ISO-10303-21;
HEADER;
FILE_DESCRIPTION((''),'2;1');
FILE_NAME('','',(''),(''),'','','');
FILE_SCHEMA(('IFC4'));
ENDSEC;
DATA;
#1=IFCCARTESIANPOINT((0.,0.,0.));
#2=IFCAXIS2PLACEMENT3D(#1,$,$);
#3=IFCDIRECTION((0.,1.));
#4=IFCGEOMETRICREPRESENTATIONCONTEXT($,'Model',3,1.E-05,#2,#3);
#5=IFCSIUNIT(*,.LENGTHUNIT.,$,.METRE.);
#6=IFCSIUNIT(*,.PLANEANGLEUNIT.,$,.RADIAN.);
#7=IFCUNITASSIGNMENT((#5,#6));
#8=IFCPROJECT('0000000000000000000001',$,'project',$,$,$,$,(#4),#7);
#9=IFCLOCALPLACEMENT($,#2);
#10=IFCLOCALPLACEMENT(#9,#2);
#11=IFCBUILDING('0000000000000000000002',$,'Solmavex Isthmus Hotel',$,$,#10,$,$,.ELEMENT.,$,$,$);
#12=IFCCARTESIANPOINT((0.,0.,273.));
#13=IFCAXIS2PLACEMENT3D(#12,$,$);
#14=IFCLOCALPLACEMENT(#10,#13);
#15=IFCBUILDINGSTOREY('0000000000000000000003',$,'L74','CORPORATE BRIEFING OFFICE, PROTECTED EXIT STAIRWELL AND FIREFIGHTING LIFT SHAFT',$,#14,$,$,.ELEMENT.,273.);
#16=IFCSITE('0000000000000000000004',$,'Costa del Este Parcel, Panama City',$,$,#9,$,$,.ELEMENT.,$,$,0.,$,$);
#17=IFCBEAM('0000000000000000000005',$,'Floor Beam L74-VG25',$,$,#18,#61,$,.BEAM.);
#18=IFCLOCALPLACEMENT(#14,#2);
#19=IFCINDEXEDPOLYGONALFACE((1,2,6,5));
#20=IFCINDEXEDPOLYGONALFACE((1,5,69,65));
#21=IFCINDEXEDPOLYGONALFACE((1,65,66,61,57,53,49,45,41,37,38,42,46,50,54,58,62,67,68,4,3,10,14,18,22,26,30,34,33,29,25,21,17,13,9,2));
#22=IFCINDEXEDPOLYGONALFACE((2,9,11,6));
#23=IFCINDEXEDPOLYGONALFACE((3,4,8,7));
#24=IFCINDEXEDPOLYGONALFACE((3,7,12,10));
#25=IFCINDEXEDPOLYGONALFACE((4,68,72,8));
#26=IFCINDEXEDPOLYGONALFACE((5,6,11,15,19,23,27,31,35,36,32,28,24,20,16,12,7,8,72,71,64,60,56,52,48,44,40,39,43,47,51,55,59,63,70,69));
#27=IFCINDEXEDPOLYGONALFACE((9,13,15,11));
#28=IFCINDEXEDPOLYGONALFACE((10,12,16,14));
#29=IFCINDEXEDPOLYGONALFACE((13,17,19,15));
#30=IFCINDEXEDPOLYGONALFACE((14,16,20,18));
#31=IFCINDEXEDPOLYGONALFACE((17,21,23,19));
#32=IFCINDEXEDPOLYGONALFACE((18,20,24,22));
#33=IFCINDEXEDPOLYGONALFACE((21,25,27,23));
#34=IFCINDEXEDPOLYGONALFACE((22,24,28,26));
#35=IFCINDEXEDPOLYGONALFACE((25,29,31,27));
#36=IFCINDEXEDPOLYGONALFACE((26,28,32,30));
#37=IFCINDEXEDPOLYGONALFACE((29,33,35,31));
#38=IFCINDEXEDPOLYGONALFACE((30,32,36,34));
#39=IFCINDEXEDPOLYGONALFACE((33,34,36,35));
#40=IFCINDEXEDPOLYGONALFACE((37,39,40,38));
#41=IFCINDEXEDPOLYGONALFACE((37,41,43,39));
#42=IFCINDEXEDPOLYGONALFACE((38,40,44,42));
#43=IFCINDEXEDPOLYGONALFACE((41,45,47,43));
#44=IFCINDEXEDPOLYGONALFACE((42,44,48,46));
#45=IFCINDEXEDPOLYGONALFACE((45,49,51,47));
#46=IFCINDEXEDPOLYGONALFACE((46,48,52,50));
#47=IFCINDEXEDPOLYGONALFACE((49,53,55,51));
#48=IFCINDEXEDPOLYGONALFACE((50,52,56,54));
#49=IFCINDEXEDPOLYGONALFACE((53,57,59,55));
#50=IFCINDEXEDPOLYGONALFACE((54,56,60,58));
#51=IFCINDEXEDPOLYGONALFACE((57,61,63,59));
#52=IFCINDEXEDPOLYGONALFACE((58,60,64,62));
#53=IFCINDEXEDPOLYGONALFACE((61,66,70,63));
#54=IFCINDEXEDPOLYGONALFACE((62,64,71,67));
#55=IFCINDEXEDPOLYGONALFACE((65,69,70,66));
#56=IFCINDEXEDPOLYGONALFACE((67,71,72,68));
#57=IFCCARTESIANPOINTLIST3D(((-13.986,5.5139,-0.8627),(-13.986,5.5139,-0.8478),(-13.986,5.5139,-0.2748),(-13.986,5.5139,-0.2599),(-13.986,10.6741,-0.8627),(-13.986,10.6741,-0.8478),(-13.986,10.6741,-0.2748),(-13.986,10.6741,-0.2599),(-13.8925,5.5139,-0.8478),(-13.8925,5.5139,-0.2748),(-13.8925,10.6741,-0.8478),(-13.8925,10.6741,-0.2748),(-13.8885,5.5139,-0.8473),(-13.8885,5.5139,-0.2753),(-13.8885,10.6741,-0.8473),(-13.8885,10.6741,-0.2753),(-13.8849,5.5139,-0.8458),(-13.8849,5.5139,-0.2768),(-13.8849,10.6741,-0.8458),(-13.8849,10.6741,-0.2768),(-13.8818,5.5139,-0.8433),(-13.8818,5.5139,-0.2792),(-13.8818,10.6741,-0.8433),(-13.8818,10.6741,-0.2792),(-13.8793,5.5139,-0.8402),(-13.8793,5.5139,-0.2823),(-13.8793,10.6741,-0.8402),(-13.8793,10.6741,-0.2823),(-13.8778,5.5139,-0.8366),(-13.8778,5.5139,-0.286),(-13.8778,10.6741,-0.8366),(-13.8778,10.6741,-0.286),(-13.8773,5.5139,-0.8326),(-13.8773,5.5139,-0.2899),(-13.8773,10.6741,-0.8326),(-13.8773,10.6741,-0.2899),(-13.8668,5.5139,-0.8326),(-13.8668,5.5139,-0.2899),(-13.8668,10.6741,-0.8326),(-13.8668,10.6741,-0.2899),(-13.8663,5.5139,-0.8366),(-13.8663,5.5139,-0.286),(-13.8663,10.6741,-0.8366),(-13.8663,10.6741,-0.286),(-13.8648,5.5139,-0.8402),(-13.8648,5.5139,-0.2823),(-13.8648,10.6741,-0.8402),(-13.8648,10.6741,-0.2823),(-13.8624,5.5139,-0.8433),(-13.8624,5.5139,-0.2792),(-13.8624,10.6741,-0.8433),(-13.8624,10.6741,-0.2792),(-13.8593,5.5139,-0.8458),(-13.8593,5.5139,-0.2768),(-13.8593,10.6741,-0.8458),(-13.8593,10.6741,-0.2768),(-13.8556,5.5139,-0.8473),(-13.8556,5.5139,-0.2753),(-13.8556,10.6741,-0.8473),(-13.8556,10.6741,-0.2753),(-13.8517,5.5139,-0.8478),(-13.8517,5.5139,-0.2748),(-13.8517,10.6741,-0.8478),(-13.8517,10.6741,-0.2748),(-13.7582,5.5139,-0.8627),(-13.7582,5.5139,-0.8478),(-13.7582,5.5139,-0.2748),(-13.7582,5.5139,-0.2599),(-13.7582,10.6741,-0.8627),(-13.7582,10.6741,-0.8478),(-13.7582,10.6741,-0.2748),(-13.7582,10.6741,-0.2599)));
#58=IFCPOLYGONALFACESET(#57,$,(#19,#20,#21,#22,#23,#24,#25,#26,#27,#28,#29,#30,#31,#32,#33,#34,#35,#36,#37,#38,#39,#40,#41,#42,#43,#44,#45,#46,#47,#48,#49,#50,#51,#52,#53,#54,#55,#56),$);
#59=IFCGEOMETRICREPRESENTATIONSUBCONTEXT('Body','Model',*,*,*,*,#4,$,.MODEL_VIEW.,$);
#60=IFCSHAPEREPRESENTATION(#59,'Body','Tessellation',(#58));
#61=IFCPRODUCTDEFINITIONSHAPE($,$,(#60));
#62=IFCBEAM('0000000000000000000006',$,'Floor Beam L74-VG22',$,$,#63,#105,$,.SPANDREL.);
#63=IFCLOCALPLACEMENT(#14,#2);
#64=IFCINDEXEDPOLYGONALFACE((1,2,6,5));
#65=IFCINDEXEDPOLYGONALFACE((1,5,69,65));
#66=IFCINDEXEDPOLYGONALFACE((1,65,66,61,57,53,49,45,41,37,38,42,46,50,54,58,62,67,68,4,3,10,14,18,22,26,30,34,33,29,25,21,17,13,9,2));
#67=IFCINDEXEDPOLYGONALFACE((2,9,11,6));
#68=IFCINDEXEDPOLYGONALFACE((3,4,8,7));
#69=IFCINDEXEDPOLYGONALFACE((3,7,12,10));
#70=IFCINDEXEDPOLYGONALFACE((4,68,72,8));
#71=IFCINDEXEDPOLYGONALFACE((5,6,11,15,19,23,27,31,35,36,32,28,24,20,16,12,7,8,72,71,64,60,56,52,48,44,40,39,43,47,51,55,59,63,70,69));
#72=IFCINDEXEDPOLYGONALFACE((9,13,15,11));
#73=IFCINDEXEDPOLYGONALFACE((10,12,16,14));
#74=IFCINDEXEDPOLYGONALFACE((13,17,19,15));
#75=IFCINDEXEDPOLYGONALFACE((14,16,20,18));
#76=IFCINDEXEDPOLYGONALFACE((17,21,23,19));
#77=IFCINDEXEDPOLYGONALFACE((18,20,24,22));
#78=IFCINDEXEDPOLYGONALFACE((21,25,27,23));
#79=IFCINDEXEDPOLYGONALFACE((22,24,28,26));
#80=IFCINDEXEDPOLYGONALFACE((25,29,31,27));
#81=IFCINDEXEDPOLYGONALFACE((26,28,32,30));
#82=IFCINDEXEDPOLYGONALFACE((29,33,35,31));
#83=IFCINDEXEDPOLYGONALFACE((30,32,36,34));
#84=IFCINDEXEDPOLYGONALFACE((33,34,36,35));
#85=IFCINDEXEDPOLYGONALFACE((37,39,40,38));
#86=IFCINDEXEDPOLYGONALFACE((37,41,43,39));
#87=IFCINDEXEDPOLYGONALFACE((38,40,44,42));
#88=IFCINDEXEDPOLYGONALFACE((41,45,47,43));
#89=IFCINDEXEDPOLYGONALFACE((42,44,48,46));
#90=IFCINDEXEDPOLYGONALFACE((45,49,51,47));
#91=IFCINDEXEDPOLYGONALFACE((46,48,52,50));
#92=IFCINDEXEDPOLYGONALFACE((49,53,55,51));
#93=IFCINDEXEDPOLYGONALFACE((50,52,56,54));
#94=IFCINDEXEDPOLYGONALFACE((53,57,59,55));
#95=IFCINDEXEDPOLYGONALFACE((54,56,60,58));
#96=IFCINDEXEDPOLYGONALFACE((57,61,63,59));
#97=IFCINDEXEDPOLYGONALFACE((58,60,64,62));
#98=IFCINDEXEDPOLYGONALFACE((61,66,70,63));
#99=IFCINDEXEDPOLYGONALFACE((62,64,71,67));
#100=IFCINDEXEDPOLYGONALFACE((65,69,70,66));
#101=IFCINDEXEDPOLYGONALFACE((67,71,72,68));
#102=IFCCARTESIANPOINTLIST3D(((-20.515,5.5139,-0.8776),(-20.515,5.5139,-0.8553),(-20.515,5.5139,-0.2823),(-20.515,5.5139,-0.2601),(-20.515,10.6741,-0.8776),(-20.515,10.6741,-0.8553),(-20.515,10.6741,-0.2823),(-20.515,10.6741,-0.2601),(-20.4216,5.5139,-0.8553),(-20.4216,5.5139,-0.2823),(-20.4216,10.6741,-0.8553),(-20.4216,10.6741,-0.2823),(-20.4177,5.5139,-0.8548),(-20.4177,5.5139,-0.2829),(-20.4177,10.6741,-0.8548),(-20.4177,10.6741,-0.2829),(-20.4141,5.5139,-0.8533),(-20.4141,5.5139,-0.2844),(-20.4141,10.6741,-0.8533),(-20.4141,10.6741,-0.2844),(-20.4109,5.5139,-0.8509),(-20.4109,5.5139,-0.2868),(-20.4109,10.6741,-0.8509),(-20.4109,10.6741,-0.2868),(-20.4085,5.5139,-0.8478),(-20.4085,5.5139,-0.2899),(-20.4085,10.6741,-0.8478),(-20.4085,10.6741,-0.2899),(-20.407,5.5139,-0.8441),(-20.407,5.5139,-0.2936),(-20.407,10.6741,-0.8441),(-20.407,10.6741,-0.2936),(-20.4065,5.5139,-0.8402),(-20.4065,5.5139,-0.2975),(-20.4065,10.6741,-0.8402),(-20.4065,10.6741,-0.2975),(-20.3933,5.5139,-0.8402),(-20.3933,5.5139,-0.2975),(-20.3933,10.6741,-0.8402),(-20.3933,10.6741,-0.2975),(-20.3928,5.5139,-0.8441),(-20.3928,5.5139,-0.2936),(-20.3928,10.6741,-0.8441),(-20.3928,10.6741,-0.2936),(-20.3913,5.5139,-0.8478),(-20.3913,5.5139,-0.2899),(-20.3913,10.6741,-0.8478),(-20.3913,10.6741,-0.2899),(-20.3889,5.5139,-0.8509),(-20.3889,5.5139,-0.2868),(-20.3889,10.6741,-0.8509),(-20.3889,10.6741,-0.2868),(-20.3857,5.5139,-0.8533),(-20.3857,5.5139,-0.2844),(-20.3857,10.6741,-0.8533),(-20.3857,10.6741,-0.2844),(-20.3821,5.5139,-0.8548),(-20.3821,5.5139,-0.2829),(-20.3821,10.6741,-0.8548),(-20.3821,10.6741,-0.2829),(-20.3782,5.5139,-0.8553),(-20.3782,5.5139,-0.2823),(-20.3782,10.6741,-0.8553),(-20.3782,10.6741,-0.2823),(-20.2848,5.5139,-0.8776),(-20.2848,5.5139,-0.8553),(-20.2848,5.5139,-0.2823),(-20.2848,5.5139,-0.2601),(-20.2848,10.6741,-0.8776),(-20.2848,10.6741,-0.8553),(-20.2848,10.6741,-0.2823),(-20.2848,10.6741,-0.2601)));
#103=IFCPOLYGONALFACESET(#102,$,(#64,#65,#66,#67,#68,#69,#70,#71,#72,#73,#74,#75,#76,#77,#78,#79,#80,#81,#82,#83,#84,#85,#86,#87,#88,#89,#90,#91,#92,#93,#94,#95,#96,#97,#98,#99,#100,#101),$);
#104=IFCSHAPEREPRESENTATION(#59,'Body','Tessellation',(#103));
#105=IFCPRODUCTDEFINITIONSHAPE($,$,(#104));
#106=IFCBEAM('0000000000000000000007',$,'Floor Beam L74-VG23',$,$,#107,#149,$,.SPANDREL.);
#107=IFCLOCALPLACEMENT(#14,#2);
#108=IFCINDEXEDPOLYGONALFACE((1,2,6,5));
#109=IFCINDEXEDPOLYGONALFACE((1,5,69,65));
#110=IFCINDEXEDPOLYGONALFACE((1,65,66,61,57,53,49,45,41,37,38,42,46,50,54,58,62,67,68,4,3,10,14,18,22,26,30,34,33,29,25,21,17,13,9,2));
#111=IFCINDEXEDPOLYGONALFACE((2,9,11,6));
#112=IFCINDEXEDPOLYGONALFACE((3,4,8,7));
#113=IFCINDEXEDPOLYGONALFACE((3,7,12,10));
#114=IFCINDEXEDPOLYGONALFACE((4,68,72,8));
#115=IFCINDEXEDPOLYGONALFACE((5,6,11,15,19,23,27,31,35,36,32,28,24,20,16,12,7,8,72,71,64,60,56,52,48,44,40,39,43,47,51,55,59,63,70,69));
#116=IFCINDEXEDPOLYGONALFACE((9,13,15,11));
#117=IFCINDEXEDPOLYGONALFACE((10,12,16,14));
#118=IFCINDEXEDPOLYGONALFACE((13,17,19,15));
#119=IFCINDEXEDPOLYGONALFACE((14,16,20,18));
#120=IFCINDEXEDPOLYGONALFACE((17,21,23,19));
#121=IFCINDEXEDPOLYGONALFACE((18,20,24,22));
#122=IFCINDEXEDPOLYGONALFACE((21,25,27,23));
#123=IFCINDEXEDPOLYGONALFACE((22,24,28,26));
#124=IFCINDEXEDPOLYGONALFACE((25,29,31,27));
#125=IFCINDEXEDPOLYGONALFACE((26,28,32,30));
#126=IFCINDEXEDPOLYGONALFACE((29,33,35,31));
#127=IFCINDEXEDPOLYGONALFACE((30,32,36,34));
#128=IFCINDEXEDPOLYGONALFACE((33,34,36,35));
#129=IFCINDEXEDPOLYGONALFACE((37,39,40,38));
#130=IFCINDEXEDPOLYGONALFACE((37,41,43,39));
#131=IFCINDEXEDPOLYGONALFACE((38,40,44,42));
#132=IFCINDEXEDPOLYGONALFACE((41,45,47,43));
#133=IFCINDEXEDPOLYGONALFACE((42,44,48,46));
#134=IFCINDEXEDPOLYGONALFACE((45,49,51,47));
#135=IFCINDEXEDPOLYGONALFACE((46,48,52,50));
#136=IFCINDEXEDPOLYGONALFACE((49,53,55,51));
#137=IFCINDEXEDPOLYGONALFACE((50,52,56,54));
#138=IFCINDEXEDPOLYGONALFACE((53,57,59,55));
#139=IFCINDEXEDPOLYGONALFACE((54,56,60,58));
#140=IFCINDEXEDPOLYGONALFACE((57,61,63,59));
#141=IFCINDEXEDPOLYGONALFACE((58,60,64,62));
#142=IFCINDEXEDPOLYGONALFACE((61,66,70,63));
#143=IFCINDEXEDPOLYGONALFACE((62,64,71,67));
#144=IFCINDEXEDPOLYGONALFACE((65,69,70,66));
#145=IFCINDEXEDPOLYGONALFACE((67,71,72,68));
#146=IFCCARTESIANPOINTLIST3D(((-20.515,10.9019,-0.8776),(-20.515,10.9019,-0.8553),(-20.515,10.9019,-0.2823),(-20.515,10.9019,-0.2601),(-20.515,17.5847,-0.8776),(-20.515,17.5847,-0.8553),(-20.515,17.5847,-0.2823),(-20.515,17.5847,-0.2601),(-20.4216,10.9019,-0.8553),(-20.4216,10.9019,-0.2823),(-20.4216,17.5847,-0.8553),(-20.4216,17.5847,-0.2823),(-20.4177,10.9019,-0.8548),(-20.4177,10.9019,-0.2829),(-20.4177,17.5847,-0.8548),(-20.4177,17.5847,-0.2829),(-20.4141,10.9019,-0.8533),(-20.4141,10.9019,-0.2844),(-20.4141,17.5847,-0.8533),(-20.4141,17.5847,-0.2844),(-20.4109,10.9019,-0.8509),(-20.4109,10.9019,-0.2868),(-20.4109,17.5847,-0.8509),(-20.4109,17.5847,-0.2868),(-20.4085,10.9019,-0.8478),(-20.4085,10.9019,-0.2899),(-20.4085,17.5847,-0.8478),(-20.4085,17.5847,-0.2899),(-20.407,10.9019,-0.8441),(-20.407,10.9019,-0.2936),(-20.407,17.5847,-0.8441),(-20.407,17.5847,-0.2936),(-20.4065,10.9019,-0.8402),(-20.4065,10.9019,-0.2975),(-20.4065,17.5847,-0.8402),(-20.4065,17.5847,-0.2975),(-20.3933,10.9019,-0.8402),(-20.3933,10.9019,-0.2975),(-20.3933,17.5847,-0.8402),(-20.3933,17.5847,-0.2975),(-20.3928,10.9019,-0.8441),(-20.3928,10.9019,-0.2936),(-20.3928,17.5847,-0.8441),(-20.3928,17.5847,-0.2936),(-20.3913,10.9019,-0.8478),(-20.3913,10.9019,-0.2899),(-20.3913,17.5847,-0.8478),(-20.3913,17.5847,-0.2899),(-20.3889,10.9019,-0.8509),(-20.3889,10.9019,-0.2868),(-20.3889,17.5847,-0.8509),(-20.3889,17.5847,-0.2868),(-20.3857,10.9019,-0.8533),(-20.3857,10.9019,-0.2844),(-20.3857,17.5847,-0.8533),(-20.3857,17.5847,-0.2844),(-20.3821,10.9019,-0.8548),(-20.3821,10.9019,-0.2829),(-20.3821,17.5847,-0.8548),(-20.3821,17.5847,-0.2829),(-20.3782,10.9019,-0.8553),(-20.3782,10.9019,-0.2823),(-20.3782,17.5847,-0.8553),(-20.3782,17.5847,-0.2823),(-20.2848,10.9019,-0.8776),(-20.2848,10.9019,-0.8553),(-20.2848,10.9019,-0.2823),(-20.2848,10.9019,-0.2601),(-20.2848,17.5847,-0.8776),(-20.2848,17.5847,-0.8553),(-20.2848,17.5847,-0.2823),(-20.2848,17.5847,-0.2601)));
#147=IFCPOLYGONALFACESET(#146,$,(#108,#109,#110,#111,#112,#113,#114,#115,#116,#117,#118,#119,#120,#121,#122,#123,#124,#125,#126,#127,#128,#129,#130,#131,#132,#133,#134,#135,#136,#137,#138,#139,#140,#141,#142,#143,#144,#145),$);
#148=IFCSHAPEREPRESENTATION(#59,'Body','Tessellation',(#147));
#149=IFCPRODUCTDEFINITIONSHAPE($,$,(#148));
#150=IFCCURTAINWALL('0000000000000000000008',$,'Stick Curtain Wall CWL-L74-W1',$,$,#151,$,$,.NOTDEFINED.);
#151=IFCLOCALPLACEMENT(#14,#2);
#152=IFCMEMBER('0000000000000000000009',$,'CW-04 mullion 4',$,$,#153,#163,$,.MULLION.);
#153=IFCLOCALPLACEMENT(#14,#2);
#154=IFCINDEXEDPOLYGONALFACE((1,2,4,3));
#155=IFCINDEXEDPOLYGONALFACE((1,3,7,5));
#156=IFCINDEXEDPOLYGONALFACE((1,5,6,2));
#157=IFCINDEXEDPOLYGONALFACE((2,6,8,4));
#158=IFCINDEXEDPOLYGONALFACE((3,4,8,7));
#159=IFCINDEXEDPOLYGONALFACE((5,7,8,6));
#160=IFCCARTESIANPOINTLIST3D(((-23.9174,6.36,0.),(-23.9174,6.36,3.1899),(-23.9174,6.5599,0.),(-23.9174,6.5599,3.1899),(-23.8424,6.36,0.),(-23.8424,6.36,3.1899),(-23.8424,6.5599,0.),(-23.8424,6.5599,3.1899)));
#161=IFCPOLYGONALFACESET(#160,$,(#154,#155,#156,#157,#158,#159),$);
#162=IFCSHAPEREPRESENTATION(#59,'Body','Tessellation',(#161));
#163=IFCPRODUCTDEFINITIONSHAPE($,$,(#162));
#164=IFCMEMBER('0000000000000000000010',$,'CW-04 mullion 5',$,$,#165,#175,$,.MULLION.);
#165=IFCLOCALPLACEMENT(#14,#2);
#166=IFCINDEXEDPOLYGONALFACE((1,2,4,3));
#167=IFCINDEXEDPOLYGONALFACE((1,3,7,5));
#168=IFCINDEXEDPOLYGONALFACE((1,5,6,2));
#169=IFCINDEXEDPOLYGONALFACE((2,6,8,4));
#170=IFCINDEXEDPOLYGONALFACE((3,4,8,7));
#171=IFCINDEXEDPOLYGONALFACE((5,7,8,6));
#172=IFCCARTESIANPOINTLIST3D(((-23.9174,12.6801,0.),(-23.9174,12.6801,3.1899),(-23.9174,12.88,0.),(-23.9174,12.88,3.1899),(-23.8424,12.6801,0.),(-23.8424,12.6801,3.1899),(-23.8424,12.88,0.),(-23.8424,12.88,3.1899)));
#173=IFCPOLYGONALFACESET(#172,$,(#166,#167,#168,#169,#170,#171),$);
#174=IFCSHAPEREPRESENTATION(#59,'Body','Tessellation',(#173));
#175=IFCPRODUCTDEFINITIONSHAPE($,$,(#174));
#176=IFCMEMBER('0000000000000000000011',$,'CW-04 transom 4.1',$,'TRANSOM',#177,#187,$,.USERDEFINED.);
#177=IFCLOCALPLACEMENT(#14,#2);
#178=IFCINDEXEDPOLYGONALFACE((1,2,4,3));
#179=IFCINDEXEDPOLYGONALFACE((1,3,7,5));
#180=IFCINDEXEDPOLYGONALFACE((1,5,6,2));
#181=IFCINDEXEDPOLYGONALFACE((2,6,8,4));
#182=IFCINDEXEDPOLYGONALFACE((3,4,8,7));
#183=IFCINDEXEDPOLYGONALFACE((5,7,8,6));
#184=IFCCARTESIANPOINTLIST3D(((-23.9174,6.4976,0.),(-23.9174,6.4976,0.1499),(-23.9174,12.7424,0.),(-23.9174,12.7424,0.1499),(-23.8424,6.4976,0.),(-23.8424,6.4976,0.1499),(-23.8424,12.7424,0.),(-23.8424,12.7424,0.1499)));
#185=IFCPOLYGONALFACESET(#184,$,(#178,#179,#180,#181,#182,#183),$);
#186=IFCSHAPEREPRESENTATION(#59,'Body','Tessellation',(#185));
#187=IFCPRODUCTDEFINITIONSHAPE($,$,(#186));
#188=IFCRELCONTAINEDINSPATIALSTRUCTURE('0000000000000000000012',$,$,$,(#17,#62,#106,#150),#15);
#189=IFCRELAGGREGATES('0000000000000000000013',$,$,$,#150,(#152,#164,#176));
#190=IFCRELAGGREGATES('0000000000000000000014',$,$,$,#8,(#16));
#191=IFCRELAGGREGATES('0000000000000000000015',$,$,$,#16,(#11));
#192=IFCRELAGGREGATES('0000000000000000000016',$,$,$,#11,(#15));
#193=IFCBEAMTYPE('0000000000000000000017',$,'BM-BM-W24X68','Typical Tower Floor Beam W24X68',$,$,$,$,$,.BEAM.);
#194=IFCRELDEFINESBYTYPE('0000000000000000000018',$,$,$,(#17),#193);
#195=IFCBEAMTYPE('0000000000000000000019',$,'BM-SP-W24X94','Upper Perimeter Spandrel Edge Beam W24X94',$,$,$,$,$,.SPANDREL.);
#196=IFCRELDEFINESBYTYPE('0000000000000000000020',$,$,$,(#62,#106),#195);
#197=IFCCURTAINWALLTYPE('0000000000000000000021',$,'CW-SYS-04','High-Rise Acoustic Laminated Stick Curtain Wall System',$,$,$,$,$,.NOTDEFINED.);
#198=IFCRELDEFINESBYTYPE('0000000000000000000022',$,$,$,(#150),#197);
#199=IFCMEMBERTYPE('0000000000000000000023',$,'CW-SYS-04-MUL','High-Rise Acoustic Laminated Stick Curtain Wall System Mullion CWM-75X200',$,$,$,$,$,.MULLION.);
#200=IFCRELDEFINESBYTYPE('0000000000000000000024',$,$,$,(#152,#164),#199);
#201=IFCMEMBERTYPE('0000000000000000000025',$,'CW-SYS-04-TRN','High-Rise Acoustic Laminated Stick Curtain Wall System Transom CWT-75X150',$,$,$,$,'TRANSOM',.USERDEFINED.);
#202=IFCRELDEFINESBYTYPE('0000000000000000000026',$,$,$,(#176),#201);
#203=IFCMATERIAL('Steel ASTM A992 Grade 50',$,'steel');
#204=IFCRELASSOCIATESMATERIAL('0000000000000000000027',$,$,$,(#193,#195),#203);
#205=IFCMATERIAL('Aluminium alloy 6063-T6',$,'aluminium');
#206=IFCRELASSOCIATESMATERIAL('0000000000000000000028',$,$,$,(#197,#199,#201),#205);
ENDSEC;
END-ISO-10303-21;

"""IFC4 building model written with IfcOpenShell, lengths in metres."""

from ifc_helpers import new_model, si_unit, direction, frame, origin, origin_2d, place, context, subcontext, project, spatial, rectangle, i_section, extrude, material, material_profile, profile_set, type_object, element, aggregate, save


model = new_model("IFC4")

# Units and contexts
model_context = context("Model", 3, precision=1e-05, world=origin(), true_north=direction((0.0, 1.0)))
body_context = subcontext(model_context, "Body", "Model", "MODEL_VIEW")
ifc_project = project(units=[si_unit("LENGTHUNIT", "METRE"), si_unit("PLANEANGLEUNIT", "RADIAN")], contexts=[model_context])

# Site, building, storey
site_placement = place(None, origin())
site = spatial("IfcSite", under=ifc_project, at=site_placement, Name="Costa del Este Parcel, Panama City", CompositionType="ELEMENT", RefElevation=0.0)
building_placement = place(site_placement, origin())
building = spatial("IfcBuilding", under=site, at=building_placement, Name="Solmavex Isthmus Hotel", CompositionType="ELEMENT")
storey_placement = place(building_placement, frame((0.0, 0.0, 273.0)))
storey = spatial("IfcBuildingStorey", under=building, at=storey_placement, Name="L74", Description="CORPORATE BRIEFING OFFICE, PROTECTED EXIT STAIRWELL AND FIREFIGHTING LIFT SHAFT", CompositionType="ELEMENT", Elevation=273.0)

# Beams
ifc_material_1 = material(Name="Steel ASTM A992 Grade 50", Category="steel")
ifc_material_profile_1 = material_profile(ifc_material_1, i_section(OverallWidth=0.2278, OverallDepth=0.6028, WebThickness=0.0105, FlangeThickness=0.0149, FilletRadius=0.0151, at=origin_2d()), Name="W24X68")
ifc_profile_set_1 = profile_set([ifc_material_profile_1], Name="Steel ASTM A992 Grade 50")
beam_type_1 = type_object("IfcBeamType", Name="BM-BM-W24X68", Description="Typical Tower Floor Beam W24X68", PredefinedType="BEAM", material=ifc_profile_set_1)
beam_1_placement = place(storey_placement, frame((-13.8721, 5.5139, -0.5613), z_axis=(0.0, 1.0, 0.0), x_axis=(-1.0, 0.0, 0.0)))
element("IfcBeam", 1, at=beam_1_placement, inside=storey, type_object=beam_type_1, Name="Floor Beam L74-VG25", PredefinedType="BEAM", context=body_context, shape_type="SweptSolid", body=[
    extrude(i_section(OverallWidth=0.2278, OverallDepth=0.6028, WebThickness=0.0105, FlangeThickness=0.0149, FilletRadius=0.0151, at=origin_2d()), origin(), (0.0, 0.0, 1.0), 5.1602),
])
ifc_material_profile_2 = material_profile(ifc_material_1, i_section(OverallWidth=0.2302, OverallDepth=0.6174, WebThickness=0.0132, FlangeThickness=0.0222, FilletRadius=0.0151, at=origin_2d()), Name="W24X94")
ifc_profile_set_2 = profile_set([ifc_material_profile_2], Name="Steel ASTM A992 Grade 50")
beam_type_2 = type_object("IfcBeamType", Name="BM-SP-W24X94", Description="Upper Perimeter Spandrel Edge Beam W24X94", PredefinedType="SPANDREL", material=ifc_profile_set_2)
beam_2_placement = place(storey_placement, frame((-20.3999, 5.5139, -0.5688), z_axis=(0.0, 1.0, 0.0), x_axis=(-1.0, 0.0, 0.0)))
element("IfcBeam", 2, at=beam_2_placement, inside=storey, type_object=beam_type_2, Name="Floor Beam L74-VG22", PredefinedType="SPANDREL", context=body_context, shape_type="SweptSolid", body=[
    extrude(i_section(OverallWidth=0.2302, OverallDepth=0.6174, WebThickness=0.0132, FlangeThickness=0.0222, FilletRadius=0.0151, at=origin_2d()), origin(), (0.0, 0.0, 1.0), 5.1602),
])
beam_3_placement = place(storey_placement, frame((-20.3999, 10.9019, -0.5688), z_axis=(0.0, 1.0, 0.0), x_axis=(-1.0, 0.0, 0.0)))
element("IfcBeam", 3, at=beam_3_placement, inside=storey, type_object=beam_type_2, Name="Floor Beam L74-VG23", PredefinedType="SPANDREL", context=body_context, shape_type="SweptSolid", body=[
    extrude(i_section(OverallWidth=0.2302, OverallDepth=0.6174, WebThickness=0.0132, FlangeThickness=0.0222, FilletRadius=0.0151, at=origin_2d()), origin(), (0.0, 0.0, 1.0), 6.6829),
])

# Curtain wall, members
ifc_material_2 = material(Name="Aluminium alloy 6063-T6", Category="aluminium")
curtain_wall_type = type_object("IfcCurtainWallType", Name="CW-SYS-04", Description="High-Rise Acoustic Laminated Stick Curtain Wall System", PredefinedType="NOTDEFINED", material=ifc_material_2)
curtain_wall_placement = place(storey_placement, origin())
curtain_wall = element("IfcCurtainWall", 4, at=curtain_wall_placement, inside=storey, type_object=curtain_wall_type, Name="Stick Curtain Wall CWL-L74-W1", PredefinedType="NOTDEFINED")
ifc_material_profile_3 = material_profile(ifc_material_2, rectangle(XDim=0.075, YDim=0.2, at=origin_2d()), Name="CWM-75X200")
ifc_profile_set_3 = profile_set([ifc_material_profile_3], Name="Aluminium alloy 6063-T6")
member_type_1 = type_object("IfcMemberType", Name="CW-SYS-04-MUL", Description="High-Rise Acoustic Laminated Stick Curtain Wall System Mullion CWM-75X200", PredefinedType="MULLION", material=ifc_profile_set_3)
member_1_placement = place(storey_placement, frame((-23.8799, 6.46, 0.0), z_axis=(0.0, 0.0, 1.0), x_axis=(-1.0, 0.0, 0.0)))
member_1 = element("IfcMember", 5, at=member_1_placement, type_object=member_type_1, Name="CW-04 mullion 4", PredefinedType="MULLION", context=body_context, shape_type="SweptSolid", body=[
    extrude(rectangle(XDim=0.075, YDim=0.2, at=origin_2d()), origin(), (0.0, 0.0, 1.0), 3.1899),
])
member_2_placement = place(storey_placement, frame((-23.8799, 12.78, 0.0), z_axis=(0.0, 0.0, 1.0), x_axis=(-1.0, 0.0, 0.0)))
member_2 = element("IfcMember", 6, at=member_2_placement, type_object=member_type_1, Name="CW-04 mullion 5", PredefinedType="MULLION", context=body_context, shape_type="SweptSolid", body=[
    extrude(rectangle(XDim=0.075, YDim=0.2, at=origin_2d()), origin(), (0.0, 0.0, 1.0), 3.1899),
])
ifc_material_profile_4 = material_profile(ifc_material_2, rectangle(XDim=0.075, YDim=0.1499, at=origin_2d()), Name="CWT-75X150")
ifc_profile_set_4 = profile_set([ifc_material_profile_4], Name="Aluminium alloy 6063-T6")
member_type_2 = type_object("IfcMemberType", Name="CW-SYS-04-TRN", Description="High-Rise Acoustic Laminated Stick Curtain Wall System Transom CWT-75X150", ElementType="TRANSOM", PredefinedType="USERDEFINED", material=ifc_profile_set_4)
member_3_placement = place(storey_placement, frame((-23.8799, 6.4976, 0.075), z_axis=(0.0, 1.0, 0.0), x_axis=(-1.0, 0.0, 0.0)))
member_3 = element("IfcMember", 7, at=member_3_placement, type_object=member_type_2, Name="CW-04 transom 4.1", ObjectType="TRANSOM", PredefinedType="USERDEFINED", context=body_context, shape_type="SweptSolid", body=[
    extrude(rectangle(XDim=0.075, YDim=0.1499, at=origin_2d()), origin(), (0.0, 0.0, 1.0), 6.2449),
])
aggregate(curtain_wall, [member_1, member_2, member_3])

save(model, "model.ifc")
